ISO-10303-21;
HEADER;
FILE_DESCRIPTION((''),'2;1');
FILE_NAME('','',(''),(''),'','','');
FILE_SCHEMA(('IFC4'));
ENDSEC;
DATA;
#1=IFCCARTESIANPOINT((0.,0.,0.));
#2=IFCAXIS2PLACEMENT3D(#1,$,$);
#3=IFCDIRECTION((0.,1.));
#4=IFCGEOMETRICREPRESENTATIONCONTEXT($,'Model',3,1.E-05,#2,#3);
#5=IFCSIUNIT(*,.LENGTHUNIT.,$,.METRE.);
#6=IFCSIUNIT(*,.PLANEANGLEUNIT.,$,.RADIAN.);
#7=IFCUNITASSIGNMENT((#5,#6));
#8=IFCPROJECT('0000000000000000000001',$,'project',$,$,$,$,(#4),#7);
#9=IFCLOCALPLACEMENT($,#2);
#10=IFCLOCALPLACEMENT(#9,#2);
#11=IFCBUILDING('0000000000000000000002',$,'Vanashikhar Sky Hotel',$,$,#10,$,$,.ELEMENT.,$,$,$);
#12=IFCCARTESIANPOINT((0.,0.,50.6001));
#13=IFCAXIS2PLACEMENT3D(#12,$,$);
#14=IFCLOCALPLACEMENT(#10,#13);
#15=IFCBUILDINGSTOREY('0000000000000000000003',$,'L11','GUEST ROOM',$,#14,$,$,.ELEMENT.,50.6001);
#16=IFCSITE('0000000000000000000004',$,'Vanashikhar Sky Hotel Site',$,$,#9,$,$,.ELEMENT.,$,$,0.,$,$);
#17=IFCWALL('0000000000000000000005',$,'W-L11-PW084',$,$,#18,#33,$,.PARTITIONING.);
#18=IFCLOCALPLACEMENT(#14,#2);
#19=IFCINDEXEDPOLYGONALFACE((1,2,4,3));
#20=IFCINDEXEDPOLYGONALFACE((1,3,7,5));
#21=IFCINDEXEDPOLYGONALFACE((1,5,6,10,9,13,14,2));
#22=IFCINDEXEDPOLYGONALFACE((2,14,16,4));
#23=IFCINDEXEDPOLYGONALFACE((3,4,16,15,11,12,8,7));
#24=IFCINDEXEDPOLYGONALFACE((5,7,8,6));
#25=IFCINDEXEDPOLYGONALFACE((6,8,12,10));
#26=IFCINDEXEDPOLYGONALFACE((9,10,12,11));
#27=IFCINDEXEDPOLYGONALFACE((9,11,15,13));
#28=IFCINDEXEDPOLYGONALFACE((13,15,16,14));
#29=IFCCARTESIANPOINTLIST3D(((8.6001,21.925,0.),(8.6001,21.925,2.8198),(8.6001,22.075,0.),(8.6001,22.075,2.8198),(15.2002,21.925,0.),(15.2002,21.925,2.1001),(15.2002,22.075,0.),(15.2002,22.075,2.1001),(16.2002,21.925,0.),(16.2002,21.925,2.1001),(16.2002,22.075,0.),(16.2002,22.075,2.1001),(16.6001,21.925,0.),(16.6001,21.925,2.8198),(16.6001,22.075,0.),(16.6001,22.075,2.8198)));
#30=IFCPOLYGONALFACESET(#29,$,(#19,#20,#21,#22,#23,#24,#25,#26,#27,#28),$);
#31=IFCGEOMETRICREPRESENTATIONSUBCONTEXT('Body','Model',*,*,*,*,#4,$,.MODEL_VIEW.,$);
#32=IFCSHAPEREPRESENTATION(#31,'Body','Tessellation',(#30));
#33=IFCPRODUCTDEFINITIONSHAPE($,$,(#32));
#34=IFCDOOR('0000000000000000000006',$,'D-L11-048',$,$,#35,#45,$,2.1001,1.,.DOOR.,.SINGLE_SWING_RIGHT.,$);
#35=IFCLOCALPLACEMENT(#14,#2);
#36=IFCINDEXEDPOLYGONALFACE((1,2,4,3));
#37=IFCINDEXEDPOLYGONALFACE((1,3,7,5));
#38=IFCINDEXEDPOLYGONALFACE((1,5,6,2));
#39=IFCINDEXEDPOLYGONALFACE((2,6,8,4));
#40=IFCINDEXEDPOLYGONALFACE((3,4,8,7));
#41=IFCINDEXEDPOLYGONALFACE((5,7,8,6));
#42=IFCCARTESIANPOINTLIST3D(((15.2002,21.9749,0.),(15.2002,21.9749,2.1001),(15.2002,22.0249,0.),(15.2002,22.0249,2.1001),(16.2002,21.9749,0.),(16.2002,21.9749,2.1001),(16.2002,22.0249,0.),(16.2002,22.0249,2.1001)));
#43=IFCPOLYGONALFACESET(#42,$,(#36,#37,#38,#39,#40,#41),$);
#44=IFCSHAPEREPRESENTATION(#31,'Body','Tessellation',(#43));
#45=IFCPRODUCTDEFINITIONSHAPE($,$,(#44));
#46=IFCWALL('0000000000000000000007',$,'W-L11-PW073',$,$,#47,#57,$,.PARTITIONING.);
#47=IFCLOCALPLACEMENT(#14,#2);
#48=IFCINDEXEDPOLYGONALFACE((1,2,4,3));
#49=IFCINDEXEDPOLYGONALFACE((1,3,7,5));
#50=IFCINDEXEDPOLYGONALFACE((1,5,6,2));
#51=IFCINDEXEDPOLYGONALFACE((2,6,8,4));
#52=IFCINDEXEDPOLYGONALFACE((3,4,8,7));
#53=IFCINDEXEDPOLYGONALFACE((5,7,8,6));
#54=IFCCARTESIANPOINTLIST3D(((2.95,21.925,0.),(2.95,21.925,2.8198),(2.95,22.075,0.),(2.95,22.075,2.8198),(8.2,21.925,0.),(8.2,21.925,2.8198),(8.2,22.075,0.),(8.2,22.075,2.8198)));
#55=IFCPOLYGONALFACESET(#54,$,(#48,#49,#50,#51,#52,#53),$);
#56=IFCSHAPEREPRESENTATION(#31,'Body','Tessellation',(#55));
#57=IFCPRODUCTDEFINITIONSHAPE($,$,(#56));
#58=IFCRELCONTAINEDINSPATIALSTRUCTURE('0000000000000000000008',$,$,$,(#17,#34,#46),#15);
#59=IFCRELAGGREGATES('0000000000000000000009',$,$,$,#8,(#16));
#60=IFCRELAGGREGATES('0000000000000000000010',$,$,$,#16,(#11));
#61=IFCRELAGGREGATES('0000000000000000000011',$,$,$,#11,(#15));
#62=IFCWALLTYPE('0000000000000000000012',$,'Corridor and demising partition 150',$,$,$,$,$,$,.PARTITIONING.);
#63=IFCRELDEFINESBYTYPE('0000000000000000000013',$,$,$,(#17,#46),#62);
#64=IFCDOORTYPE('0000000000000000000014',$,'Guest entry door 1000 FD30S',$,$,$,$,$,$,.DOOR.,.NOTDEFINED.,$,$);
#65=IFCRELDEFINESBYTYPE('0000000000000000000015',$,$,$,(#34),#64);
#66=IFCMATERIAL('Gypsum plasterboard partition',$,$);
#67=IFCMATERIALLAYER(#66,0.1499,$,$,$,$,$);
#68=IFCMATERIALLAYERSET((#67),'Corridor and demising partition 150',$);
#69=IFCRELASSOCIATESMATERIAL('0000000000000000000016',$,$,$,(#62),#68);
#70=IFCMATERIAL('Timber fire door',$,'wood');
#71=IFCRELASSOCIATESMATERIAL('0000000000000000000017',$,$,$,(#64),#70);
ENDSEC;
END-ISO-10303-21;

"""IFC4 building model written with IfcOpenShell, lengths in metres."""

from ifc_helpers import new_model, si_unit, direction, frame, frame_2d, origin, place, context, subcontext, project, spatial, rectangle, extrude, source, transform, mapped, material, layer, layer_set, type_object, element, fill, save


model = new_model("IFC4")

# Units and contexts
model_context = context("Model", 3, precision=1e-05, world=origin(), true_north=direction((0.0, 1.0)))
body_context = subcontext(model_context, "Body", "Model", "MODEL_VIEW")
ifc_project = project(units=[si_unit("LENGTHUNIT", "METRE"), si_unit("PLANEANGLEUNIT", "RADIAN")], contexts=[model_context])

# Site, building, storey
site_placement = place(None, origin())
site = spatial("IfcSite", under=ifc_project, at=site_placement, Name="Vanashikhar Sky Hotel Site", CompositionType="ELEMENT", RefElevation=0.0)
building_placement = place(site_placement, origin())
building = spatial("IfcBuilding", under=site, at=building_placement, Name="Vanashikhar Sky Hotel", CompositionType="ELEMENT")
storey_placement = place(building_placement, frame((0.0, 0.0, 50.6001)))
storey = spatial("IfcBuildingStorey", under=building, at=storey_placement, Name="L11", Description="GUEST ROOM", CompositionType="ELEMENT", Elevation=50.6001)

# Shared definitions
ifc_material_1 = material(Name="Gypsum plasterboard partition")
ifc_layer_1 = layer(ifc_material_1, 0.1499)
ifc_layer_set_1 = layer_set([ifc_layer_1], Name="Corridor and demising partition 150")
wall_type_1 = type_object("IfcWallType", Name="Corridor and demising partition 150", PredefinedType="PARTITIONING", material=ifc_layer_set_1)
shared_shape_1 = source(origin(), body_context, "Body", "SweptSolid", [
    extrude(rectangle(XDim=1.0, YDim=2.1001, at=frame_2d((0.5, 1.05))), frame((0.0, 0.085, 0.0), z_axis=(0.0, -1.0, 0.0), x_axis=(1.0, 0.0, 0.0)), (0.0, 0.0, 1.0), 0.1699),
])
ifc_material_2 = material(Name="Timber fire door", Category="wood")
door_type = type_object("IfcDoorType", Name="Guest entry door 1000 FD30S", OperationType="NOTDEFINED", PredefinedType="DOOR", material=ifc_material_2)
shared_shape_2 = source(origin(), body_context, "Body", "SweptSolid", [
    extrude(rectangle(XDim=1.0, YDim=2.1001, at=frame_2d((0.5, 1.05))), frame((0.0, 0.0249, 0.0), z_axis=(0.0, -1.0, 0.0), x_axis=(1.0, 0.0, 0.0)), (0.0, 0.0, 1.0), 0.05),
])

# Wall, opening, door
shared_shape_3 = source(origin(), body_context, "Body", "SweptSolid", [
    extrude(rectangle(XDim=8.0, YDim=0.1499, at=frame_2d((4.0, 0.0))), origin(), (0.0, 0.0, 1.0), 2.8198),
])
wall_1_placement = place(storey_placement, frame((8.6001, 22.0, 0.0), z_axis=(0.0, 0.0, 1.0), x_axis=(1.0, 0.0, 0.0)))
wall_1 = element("IfcWall", 1, at=wall_1_placement, inside=storey, type_object=wall_type_1, Name="W-L11-PW084", PredefinedType="PARTITIONING", context=body_context, shape_type="MappedRepresentation", body=[
    mapped(shared_shape_3, transform((0.0, 0.0, 0.0), scale=1.0)),
])
opening_1_placement = place(wall_1_placement, frame((6.6001, 0.0, 0.0)))
opening_1 = element("IfcOpeningElement", 2, at=opening_1_placement, cuts=wall_1, PredefinedType="OPENING", context=body_context, shape_type="MappedRepresentation", body=[
    mapped(shared_shape_1, transform((0.0, 0.0, 0.0), scale=1.0)),
])
door_1_placement = place(opening_1_placement, origin())
door_1 = element("IfcDoor", 3, at=door_1_placement, inside=storey, type_object=door_type, Name="D-L11-048", OperationType="SINGLE_SWING_RIGHT", OverallHeight=2.1001, OverallWidth=1.0, PredefinedType="DOOR", context=body_context, shape_type="MappedRepresentation", body=[
    mapped(shared_shape_2, transform((0.0, 0.0, 0.0), scale=1.0)),
])
fill(opening_1, door_1)

# Wall
shared_shape_4 = source(origin(), body_context, "Body", "SweptSolid", [
    extrude(rectangle(XDim=5.25, YDim=0.1499, at=frame_2d((2.625, 0.0))), origin(), (0.0, 0.0, 1.0), 2.8198),
])
wall_2_placement = place(storey_placement, frame((2.95, 22.0, 0.0), z_axis=(0.0, 0.0, 1.0), x_axis=(1.0, 0.0, 0.0)))
element("IfcWall", 4, at=wall_2_placement, inside=storey, type_object=wall_type_1, Name="W-L11-PW073", PredefinedType="PARTITIONING", context=body_context, shape_type="MappedRepresentation", body=[
    mapped(shared_shape_4, transform((0.0, 0.0, 0.0), scale=1.0)),
])

save(model, "model.ifc")
